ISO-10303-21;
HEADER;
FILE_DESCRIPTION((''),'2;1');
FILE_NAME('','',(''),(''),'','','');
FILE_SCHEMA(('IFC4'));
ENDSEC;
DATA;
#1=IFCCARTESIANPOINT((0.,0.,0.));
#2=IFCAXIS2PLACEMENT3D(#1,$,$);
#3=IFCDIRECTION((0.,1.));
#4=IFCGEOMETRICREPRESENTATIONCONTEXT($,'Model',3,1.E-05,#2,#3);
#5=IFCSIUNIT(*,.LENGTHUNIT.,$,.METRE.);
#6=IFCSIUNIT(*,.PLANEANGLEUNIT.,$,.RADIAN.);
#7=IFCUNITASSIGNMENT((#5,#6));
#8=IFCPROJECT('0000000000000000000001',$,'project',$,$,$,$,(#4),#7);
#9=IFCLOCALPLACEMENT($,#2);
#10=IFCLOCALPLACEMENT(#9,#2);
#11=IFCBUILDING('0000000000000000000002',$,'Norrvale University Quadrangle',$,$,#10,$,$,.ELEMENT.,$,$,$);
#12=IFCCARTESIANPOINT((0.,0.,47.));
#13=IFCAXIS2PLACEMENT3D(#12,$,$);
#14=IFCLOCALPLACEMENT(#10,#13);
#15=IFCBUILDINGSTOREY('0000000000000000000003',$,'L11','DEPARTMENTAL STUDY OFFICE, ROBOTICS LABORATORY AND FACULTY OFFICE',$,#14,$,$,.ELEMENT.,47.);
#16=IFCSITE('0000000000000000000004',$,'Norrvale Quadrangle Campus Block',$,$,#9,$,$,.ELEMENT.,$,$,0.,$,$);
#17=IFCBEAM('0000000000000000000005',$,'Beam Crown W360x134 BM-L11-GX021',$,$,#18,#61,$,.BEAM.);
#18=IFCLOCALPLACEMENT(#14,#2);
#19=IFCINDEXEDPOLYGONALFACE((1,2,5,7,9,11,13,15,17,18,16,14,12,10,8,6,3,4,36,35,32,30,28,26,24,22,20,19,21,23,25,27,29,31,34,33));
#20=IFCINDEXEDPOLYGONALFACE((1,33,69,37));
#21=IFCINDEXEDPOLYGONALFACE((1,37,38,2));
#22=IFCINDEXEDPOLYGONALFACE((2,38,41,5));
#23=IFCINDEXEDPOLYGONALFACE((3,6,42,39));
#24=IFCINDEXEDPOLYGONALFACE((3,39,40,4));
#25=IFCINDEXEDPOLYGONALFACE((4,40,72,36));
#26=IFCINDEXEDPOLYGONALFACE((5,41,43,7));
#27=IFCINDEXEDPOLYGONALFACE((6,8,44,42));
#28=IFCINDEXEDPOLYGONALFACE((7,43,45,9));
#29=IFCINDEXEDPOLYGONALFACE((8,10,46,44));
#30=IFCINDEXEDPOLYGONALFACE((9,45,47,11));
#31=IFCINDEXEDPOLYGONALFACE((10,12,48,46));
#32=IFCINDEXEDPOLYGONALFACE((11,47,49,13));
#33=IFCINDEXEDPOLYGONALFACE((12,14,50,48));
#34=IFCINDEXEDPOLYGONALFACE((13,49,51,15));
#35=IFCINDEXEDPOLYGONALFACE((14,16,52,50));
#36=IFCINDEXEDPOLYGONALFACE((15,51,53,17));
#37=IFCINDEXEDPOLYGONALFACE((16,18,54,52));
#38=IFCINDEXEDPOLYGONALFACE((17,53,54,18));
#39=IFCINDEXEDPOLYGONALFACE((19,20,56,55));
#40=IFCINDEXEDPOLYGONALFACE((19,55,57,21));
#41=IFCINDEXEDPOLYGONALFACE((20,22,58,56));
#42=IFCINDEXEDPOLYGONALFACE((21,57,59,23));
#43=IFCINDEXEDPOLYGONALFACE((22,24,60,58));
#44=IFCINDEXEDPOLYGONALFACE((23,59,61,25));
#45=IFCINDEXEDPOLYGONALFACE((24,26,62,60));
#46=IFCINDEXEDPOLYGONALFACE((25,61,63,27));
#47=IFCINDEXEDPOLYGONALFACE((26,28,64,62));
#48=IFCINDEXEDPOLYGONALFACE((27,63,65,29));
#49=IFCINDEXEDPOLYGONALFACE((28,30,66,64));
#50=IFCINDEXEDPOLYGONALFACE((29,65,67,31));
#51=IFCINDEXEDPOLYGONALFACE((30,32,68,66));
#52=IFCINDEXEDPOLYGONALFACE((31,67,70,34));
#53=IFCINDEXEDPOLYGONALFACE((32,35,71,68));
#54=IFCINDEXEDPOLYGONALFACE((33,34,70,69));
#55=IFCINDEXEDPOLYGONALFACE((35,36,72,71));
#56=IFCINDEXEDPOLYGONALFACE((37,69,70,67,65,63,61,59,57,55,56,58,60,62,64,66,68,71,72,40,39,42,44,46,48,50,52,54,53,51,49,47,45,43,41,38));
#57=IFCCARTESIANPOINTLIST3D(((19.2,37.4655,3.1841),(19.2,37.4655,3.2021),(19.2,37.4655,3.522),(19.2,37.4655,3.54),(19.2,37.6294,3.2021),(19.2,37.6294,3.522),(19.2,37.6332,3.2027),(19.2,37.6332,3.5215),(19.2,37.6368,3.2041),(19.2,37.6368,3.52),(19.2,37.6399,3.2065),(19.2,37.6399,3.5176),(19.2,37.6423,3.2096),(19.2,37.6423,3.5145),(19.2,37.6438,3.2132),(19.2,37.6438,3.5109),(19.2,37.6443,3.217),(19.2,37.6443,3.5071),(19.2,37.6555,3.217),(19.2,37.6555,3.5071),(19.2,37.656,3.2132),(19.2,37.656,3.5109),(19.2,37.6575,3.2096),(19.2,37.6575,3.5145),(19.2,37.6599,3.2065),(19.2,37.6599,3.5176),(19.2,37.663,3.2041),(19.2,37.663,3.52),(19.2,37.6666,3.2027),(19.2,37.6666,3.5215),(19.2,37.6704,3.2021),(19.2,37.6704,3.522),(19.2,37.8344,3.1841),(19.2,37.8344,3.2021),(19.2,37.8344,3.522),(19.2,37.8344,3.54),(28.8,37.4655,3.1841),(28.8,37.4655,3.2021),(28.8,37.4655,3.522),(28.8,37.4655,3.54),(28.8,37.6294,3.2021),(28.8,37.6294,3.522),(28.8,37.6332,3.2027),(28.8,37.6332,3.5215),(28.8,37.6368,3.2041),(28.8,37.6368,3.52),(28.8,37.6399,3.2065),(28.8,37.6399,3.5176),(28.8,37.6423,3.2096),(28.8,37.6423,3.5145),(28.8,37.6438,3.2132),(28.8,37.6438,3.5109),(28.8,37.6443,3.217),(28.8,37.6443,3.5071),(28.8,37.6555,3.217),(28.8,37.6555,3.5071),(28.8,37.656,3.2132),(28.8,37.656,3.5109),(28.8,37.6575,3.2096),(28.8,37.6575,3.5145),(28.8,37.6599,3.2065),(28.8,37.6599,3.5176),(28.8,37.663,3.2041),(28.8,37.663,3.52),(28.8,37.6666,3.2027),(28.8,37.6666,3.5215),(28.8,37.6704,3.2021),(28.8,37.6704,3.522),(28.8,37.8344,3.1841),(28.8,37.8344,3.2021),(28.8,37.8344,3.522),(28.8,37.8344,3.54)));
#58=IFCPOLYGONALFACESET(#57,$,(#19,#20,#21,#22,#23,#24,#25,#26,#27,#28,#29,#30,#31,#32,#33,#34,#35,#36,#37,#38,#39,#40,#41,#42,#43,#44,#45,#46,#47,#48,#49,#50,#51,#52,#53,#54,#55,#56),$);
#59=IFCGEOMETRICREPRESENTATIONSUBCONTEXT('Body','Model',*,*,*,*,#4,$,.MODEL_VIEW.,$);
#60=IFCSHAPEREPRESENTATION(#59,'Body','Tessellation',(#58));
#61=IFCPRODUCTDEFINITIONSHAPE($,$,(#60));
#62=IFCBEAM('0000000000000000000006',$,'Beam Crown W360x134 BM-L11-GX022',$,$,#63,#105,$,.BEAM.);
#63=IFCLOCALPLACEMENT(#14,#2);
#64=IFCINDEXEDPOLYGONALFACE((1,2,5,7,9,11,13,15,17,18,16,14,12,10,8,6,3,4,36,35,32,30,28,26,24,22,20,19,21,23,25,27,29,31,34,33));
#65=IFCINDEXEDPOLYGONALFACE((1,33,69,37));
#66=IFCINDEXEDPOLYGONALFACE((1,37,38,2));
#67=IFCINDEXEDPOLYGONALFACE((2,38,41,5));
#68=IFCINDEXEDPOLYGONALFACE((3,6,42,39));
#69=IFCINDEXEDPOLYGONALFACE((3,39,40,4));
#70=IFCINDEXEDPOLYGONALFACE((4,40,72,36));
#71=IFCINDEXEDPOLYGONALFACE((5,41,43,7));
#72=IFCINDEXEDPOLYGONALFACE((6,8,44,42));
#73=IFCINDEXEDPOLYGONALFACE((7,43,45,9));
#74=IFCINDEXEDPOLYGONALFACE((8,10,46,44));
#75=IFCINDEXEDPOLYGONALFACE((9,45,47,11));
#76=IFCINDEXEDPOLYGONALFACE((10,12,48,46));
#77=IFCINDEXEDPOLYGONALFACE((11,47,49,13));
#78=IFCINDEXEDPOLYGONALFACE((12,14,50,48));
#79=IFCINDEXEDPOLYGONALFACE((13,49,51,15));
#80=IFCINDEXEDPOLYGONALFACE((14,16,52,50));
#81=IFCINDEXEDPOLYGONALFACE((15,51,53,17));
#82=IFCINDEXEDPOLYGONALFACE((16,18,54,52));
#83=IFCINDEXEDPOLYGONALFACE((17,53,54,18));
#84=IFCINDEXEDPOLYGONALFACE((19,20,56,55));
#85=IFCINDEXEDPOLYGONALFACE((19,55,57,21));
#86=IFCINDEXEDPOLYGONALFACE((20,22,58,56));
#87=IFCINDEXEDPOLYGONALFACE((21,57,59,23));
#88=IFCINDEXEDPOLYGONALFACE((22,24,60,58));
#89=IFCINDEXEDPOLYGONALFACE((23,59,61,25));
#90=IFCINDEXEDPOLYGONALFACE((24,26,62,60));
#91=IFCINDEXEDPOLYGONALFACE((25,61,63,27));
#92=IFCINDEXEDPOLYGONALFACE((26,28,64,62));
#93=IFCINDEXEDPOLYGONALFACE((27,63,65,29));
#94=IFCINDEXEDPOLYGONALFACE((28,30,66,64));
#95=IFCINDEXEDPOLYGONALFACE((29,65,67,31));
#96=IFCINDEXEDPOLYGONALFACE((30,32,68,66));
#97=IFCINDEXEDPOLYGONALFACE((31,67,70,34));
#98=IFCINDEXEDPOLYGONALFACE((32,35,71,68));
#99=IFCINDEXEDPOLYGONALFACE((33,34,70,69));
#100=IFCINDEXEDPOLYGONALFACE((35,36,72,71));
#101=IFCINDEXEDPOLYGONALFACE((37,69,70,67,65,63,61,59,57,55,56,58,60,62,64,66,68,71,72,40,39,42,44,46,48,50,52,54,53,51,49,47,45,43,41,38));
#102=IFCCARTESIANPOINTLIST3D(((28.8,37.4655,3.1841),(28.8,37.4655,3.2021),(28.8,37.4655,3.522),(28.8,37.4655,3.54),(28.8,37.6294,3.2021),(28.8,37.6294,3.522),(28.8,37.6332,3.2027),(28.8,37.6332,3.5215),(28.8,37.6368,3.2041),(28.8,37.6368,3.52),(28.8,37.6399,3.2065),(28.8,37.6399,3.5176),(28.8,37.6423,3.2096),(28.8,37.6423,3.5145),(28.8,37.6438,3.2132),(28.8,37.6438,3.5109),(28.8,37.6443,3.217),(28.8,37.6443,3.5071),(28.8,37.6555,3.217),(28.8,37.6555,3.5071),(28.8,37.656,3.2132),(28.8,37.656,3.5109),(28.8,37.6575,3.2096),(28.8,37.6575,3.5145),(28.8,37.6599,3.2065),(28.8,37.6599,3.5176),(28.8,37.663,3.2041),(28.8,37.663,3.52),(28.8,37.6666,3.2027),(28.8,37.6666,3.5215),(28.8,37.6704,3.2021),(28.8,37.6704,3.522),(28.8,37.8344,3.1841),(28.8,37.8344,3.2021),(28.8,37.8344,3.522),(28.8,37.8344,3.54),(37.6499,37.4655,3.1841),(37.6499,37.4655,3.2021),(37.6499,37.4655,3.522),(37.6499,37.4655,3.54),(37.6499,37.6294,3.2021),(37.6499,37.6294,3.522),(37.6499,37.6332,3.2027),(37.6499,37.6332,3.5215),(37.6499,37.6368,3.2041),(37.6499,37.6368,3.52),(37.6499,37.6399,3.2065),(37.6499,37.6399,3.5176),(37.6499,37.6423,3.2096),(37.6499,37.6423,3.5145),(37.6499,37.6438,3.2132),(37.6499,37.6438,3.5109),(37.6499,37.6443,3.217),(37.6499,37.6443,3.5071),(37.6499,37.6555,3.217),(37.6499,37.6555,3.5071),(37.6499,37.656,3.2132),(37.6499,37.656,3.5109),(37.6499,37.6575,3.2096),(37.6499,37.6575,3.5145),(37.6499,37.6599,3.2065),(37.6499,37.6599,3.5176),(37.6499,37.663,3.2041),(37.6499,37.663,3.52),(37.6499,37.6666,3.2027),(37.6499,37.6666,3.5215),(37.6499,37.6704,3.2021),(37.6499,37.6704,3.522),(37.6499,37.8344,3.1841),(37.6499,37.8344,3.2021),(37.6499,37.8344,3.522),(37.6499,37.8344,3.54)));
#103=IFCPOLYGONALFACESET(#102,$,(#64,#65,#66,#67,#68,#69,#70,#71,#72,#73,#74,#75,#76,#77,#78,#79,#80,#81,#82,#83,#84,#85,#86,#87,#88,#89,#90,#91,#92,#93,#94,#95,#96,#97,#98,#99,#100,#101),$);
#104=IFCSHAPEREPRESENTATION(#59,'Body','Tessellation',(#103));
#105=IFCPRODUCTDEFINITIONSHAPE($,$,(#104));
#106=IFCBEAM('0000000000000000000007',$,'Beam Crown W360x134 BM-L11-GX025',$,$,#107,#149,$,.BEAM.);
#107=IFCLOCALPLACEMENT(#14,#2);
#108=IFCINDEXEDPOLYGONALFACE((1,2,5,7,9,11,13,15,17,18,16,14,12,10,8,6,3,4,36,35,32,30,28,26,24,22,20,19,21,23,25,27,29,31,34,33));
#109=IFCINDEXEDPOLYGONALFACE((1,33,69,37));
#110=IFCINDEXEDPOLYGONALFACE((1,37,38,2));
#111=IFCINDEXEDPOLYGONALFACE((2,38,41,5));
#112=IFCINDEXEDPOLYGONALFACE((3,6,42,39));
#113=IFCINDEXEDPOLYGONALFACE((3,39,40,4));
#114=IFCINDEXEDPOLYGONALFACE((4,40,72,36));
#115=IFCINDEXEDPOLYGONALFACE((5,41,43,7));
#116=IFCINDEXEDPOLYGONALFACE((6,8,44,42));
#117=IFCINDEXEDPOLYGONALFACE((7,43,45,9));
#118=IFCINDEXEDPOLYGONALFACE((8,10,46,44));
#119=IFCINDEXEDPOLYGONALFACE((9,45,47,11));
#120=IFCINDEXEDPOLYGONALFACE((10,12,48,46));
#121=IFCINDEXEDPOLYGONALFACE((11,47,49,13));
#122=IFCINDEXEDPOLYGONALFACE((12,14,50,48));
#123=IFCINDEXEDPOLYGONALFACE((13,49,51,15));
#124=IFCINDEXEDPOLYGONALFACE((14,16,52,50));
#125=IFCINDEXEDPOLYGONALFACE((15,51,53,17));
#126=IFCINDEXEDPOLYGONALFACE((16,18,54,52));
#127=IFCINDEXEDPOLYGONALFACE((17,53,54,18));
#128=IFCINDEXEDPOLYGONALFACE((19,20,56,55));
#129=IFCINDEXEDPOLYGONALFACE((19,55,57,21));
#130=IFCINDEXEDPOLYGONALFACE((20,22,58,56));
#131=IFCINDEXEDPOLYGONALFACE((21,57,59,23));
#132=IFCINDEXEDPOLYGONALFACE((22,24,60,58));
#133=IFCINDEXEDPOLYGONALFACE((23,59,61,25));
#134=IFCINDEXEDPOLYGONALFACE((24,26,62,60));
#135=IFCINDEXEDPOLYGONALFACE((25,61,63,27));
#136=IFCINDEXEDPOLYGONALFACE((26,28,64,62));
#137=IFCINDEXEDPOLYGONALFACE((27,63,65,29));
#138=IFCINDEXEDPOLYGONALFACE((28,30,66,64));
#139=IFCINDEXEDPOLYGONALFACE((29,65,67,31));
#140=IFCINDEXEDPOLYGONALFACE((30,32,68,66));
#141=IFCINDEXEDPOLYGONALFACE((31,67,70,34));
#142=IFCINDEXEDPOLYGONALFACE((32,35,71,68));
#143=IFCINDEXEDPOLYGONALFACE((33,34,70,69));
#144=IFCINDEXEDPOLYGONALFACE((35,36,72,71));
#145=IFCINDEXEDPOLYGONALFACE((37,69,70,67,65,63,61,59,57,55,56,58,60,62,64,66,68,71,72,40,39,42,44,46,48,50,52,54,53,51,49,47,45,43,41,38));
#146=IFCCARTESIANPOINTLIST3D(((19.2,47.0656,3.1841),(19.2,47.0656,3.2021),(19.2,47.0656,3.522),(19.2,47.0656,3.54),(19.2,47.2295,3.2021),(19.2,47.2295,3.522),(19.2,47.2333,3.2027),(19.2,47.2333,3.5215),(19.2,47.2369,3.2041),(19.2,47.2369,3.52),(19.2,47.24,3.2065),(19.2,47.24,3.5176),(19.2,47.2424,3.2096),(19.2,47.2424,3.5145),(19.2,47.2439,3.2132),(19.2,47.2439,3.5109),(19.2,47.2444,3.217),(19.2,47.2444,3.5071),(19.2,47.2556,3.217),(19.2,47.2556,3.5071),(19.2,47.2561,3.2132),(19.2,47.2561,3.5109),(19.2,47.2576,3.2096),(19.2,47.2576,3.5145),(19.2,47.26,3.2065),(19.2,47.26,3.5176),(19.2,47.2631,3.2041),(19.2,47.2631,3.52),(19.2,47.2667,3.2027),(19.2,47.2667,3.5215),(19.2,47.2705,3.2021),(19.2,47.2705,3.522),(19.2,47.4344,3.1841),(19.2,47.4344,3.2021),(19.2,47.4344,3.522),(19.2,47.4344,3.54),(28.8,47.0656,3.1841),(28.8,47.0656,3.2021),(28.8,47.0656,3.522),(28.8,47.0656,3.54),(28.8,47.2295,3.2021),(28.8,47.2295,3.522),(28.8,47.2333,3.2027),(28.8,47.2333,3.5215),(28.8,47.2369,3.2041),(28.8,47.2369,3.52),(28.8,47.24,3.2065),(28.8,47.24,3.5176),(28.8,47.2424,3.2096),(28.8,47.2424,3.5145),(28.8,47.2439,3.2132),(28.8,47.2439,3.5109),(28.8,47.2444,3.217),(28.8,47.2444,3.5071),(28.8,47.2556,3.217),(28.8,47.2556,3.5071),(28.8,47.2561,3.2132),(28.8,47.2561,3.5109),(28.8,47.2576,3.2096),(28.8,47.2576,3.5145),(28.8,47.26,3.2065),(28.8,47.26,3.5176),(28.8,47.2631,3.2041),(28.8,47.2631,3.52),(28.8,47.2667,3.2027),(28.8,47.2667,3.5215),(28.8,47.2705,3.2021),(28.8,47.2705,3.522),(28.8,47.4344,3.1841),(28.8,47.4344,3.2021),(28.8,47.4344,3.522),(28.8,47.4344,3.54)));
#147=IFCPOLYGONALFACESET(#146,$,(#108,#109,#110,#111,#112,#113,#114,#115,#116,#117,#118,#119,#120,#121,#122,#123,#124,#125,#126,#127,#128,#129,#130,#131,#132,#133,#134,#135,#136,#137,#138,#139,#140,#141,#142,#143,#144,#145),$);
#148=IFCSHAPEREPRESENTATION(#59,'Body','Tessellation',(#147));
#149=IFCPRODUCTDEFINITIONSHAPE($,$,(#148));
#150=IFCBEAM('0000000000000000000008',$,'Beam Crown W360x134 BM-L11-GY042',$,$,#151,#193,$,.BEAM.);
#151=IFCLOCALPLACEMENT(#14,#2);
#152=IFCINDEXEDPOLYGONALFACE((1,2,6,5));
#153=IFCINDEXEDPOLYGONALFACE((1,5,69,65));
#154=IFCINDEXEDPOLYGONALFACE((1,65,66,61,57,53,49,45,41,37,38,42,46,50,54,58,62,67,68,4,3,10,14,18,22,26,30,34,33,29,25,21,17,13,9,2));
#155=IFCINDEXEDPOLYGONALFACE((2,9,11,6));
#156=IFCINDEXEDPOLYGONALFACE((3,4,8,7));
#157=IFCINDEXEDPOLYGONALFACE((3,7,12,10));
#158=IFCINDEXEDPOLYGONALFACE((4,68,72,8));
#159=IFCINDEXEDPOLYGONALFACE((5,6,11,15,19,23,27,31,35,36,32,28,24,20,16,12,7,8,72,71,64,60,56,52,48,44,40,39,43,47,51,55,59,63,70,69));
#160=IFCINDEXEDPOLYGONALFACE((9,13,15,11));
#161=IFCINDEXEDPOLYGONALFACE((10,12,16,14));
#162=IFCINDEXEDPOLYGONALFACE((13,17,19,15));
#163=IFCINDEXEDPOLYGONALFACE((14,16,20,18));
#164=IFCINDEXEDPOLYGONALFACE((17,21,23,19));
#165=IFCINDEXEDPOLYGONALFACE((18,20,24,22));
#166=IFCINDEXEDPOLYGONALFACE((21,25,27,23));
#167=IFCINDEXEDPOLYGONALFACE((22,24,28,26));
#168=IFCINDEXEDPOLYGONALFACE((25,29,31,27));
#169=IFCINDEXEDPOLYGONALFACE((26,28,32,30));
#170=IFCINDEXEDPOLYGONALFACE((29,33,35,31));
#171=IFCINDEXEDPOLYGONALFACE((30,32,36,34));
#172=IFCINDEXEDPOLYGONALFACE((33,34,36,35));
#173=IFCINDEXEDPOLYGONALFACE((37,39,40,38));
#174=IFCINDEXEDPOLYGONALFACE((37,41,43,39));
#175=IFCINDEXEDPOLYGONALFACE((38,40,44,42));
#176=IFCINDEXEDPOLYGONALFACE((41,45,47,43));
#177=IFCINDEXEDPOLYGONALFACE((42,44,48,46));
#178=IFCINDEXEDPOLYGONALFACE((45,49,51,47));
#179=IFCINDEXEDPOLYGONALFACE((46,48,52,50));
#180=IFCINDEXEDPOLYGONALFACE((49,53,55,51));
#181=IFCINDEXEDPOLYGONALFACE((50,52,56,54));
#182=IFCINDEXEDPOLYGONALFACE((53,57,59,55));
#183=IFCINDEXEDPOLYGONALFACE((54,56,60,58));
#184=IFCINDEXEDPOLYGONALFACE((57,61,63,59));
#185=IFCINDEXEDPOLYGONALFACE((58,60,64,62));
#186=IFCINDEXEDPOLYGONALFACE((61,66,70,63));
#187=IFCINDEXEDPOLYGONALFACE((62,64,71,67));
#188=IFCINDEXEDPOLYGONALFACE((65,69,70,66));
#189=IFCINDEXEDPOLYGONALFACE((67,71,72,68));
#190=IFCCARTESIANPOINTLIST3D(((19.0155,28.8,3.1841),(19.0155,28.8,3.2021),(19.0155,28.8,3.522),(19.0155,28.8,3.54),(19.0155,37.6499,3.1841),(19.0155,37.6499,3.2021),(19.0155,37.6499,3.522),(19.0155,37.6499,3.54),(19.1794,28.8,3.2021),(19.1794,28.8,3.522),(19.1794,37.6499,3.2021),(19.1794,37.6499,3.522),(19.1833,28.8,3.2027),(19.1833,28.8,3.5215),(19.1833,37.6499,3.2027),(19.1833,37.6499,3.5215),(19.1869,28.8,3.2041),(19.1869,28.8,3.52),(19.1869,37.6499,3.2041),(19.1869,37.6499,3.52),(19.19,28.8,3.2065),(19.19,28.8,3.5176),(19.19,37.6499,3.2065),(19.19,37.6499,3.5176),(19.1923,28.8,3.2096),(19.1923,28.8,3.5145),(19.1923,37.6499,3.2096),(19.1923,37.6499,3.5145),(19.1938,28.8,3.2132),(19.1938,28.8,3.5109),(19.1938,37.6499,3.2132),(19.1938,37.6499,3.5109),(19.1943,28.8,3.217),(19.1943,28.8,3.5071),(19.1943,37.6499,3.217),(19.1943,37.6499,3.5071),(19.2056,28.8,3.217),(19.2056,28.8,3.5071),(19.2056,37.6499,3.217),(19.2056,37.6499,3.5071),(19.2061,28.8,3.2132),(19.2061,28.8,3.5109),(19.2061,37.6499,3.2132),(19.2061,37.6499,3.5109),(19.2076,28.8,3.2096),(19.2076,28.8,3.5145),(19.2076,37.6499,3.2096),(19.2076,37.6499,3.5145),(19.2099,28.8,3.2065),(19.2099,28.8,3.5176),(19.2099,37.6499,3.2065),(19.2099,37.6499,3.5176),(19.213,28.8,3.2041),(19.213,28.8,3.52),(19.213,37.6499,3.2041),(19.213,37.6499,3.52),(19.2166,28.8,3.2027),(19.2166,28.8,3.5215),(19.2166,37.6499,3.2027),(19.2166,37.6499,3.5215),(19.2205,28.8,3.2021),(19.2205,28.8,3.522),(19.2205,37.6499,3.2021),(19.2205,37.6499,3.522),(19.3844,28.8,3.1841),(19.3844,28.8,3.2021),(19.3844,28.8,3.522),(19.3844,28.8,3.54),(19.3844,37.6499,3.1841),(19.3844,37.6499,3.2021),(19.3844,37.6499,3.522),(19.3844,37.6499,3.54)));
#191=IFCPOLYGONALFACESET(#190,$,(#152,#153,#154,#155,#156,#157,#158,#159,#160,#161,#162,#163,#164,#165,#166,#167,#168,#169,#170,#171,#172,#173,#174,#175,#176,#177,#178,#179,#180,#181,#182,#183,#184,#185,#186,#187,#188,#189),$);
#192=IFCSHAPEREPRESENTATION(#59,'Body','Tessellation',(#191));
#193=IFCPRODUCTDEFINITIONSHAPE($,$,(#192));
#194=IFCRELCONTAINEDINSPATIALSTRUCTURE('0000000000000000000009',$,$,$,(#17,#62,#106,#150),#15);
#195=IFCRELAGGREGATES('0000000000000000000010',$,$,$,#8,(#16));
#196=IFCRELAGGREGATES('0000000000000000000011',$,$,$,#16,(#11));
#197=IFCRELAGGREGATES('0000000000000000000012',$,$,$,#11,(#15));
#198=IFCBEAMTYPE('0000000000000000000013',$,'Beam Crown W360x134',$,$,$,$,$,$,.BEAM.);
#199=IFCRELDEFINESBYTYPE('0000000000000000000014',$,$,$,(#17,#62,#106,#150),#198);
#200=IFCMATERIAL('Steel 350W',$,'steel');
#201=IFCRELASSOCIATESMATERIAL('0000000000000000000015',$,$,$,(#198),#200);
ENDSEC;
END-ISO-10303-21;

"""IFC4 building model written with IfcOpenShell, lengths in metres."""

from ifc_helpers import new_model, si_unit, direction, frame, origin, origin_2d, place, context, subcontext, project, spatial, i_section, extrude, material, material_profile, profile_set, type_object, element, save


model = new_model("IFC4")

# Units and contexts
model_context = context("Model", 3, precision=1e-05, world=origin(), true_north=direction((0.0, 1.0)))
body_context = subcontext(model_context, "Body", "Model", "MODEL_VIEW")
ifc_project = project(units=[si_unit("LENGTHUNIT", "METRE"), si_unit("PLANEANGLEUNIT", "RADIAN")], contexts=[model_context])

# Site, building, storey
site_placement = place(None, origin())
site = spatial("IfcSite", under=ifc_project, at=site_placement, Name="Norrvale Quadrangle Campus Block", CompositionType="ELEMENT", RefElevation=0.0)
building_placement = place(site_placement, origin())
building = spatial("IfcBuilding", under=site, at=building_placement, Name="Norrvale University Quadrangle", CompositionType="ELEMENT")
storey_placement = place(building_placement, frame((0.0, 0.0, 47.0)))
storey = spatial("IfcBuildingStorey", under=building, at=storey_placement, Name="L11", Description="DEPARTMENTAL STUDY OFFICE, ROBOTICS LABORATORY AND FACULTY OFFICE", CompositionType="ELEMENT", Elevation=47.0)

# Beams
ifc_material_1 = material(Name="Steel 350W", Category="steel")
ifc_material_profile_1 = material_profile(ifc_material_1, i_section(OverallWidth=0.3689, OverallDepth=0.356, WebThickness=0.0112, FlangeThickness=0.0181, FilletRadius=0.0149, at=origin_2d()), Name="Steel 350W")
ifc_profile_set_1 = profile_set([ifc_material_profile_1], Name="Steel 350W")
beam_type_1 = type_object("IfcBeamType", Name="Beam Crown W360x134", PredefinedType="BEAM", material=ifc_profile_set_1)
beam_1_placement = place(storey_placement, frame((19.2, 37.6499, 3.3621), z_axis=(1.0, 0.0, 0.0), x_axis=(0.0, 1.0, 0.0)))
element("IfcBeam", 1, at=beam_1_placement, inside=storey, type_object=beam_type_1, Name="Beam Crown W360x134 BM-L11-GX021", PredefinedType="BEAM", context=body_context, shape_type="SweptSolid", body=[
    extrude(i_section(OverallWidth=0.3689, OverallDepth=0.356, WebThickness=0.0112, FlangeThickness=0.0181, FilletRadius=0.0149, at=origin_2d()), origin(), (0.0, 0.0, 1.0), 9.6001),
])
beam_2_placement = place(storey_placement, frame((28.8, 37.6499, 3.3621), z_axis=(1.0, 0.0, 0.0), x_axis=(0.0, 1.0, 0.0)))
element("IfcBeam", 2, at=beam_2_placement, inside=storey, type_object=beam_type_1, Name="Beam Crown W360x134 BM-L11-GX022", PredefinedType="BEAM", context=body_context, shape_type="SweptSolid", body=[
    extrude(i_section(OverallWidth=0.3689, OverallDepth=0.356, WebThickness=0.0112, FlangeThickness=0.0181, FilletRadius=0.0149, at=origin_2d()), origin(), (0.0, 0.0, 1.0), 8.8499),
])
beam_3_placement = place(storey_placement, frame((19.2, 47.25, 3.3621), z_axis=(1.0, 0.0, 0.0), x_axis=(0.0, 1.0, 0.0)))
element("IfcBeam", 3, at=beam_3_placement, inside=storey, type_object=beam_type_1, Name="Beam Crown W360x134 BM-L11-GX025", PredefinedType="BEAM", context=body_context, shape_type="SweptSolid", body=[
    extrude(i_section(OverallWidth=0.3689, OverallDepth=0.356, WebThickness=0.0112, FlangeThickness=0.0181, FilletRadius=0.0149, at=origin_2d()), origin(), (0.0, 0.0, 1.0), 9.6001),
])
beam_4_placement = place(storey_placement, frame((19.2, 28.8, 3.3621), z_axis=(0.0, 1.0, 0.0), x_axis=(-1.0, 0.0, 0.0)))
element("IfcBeam", 4, at=beam_4_placement, inside=storey, type_object=beam_type_1, Name="Beam Crown W360x134 BM-L11-GY042", PredefinedType="BEAM", context=body_context, shape_type="SweptSolid", body=[
    extrude(i_section(OverallWidth=0.3689, OverallDepth=0.356, WebThickness=0.0112, FlangeThickness=0.0181, FilletRadius=0.0149, at=origin_2d()), origin(), (0.0, 0.0, 1.0), 8.8499),
])

save(model, "model.ifc")
